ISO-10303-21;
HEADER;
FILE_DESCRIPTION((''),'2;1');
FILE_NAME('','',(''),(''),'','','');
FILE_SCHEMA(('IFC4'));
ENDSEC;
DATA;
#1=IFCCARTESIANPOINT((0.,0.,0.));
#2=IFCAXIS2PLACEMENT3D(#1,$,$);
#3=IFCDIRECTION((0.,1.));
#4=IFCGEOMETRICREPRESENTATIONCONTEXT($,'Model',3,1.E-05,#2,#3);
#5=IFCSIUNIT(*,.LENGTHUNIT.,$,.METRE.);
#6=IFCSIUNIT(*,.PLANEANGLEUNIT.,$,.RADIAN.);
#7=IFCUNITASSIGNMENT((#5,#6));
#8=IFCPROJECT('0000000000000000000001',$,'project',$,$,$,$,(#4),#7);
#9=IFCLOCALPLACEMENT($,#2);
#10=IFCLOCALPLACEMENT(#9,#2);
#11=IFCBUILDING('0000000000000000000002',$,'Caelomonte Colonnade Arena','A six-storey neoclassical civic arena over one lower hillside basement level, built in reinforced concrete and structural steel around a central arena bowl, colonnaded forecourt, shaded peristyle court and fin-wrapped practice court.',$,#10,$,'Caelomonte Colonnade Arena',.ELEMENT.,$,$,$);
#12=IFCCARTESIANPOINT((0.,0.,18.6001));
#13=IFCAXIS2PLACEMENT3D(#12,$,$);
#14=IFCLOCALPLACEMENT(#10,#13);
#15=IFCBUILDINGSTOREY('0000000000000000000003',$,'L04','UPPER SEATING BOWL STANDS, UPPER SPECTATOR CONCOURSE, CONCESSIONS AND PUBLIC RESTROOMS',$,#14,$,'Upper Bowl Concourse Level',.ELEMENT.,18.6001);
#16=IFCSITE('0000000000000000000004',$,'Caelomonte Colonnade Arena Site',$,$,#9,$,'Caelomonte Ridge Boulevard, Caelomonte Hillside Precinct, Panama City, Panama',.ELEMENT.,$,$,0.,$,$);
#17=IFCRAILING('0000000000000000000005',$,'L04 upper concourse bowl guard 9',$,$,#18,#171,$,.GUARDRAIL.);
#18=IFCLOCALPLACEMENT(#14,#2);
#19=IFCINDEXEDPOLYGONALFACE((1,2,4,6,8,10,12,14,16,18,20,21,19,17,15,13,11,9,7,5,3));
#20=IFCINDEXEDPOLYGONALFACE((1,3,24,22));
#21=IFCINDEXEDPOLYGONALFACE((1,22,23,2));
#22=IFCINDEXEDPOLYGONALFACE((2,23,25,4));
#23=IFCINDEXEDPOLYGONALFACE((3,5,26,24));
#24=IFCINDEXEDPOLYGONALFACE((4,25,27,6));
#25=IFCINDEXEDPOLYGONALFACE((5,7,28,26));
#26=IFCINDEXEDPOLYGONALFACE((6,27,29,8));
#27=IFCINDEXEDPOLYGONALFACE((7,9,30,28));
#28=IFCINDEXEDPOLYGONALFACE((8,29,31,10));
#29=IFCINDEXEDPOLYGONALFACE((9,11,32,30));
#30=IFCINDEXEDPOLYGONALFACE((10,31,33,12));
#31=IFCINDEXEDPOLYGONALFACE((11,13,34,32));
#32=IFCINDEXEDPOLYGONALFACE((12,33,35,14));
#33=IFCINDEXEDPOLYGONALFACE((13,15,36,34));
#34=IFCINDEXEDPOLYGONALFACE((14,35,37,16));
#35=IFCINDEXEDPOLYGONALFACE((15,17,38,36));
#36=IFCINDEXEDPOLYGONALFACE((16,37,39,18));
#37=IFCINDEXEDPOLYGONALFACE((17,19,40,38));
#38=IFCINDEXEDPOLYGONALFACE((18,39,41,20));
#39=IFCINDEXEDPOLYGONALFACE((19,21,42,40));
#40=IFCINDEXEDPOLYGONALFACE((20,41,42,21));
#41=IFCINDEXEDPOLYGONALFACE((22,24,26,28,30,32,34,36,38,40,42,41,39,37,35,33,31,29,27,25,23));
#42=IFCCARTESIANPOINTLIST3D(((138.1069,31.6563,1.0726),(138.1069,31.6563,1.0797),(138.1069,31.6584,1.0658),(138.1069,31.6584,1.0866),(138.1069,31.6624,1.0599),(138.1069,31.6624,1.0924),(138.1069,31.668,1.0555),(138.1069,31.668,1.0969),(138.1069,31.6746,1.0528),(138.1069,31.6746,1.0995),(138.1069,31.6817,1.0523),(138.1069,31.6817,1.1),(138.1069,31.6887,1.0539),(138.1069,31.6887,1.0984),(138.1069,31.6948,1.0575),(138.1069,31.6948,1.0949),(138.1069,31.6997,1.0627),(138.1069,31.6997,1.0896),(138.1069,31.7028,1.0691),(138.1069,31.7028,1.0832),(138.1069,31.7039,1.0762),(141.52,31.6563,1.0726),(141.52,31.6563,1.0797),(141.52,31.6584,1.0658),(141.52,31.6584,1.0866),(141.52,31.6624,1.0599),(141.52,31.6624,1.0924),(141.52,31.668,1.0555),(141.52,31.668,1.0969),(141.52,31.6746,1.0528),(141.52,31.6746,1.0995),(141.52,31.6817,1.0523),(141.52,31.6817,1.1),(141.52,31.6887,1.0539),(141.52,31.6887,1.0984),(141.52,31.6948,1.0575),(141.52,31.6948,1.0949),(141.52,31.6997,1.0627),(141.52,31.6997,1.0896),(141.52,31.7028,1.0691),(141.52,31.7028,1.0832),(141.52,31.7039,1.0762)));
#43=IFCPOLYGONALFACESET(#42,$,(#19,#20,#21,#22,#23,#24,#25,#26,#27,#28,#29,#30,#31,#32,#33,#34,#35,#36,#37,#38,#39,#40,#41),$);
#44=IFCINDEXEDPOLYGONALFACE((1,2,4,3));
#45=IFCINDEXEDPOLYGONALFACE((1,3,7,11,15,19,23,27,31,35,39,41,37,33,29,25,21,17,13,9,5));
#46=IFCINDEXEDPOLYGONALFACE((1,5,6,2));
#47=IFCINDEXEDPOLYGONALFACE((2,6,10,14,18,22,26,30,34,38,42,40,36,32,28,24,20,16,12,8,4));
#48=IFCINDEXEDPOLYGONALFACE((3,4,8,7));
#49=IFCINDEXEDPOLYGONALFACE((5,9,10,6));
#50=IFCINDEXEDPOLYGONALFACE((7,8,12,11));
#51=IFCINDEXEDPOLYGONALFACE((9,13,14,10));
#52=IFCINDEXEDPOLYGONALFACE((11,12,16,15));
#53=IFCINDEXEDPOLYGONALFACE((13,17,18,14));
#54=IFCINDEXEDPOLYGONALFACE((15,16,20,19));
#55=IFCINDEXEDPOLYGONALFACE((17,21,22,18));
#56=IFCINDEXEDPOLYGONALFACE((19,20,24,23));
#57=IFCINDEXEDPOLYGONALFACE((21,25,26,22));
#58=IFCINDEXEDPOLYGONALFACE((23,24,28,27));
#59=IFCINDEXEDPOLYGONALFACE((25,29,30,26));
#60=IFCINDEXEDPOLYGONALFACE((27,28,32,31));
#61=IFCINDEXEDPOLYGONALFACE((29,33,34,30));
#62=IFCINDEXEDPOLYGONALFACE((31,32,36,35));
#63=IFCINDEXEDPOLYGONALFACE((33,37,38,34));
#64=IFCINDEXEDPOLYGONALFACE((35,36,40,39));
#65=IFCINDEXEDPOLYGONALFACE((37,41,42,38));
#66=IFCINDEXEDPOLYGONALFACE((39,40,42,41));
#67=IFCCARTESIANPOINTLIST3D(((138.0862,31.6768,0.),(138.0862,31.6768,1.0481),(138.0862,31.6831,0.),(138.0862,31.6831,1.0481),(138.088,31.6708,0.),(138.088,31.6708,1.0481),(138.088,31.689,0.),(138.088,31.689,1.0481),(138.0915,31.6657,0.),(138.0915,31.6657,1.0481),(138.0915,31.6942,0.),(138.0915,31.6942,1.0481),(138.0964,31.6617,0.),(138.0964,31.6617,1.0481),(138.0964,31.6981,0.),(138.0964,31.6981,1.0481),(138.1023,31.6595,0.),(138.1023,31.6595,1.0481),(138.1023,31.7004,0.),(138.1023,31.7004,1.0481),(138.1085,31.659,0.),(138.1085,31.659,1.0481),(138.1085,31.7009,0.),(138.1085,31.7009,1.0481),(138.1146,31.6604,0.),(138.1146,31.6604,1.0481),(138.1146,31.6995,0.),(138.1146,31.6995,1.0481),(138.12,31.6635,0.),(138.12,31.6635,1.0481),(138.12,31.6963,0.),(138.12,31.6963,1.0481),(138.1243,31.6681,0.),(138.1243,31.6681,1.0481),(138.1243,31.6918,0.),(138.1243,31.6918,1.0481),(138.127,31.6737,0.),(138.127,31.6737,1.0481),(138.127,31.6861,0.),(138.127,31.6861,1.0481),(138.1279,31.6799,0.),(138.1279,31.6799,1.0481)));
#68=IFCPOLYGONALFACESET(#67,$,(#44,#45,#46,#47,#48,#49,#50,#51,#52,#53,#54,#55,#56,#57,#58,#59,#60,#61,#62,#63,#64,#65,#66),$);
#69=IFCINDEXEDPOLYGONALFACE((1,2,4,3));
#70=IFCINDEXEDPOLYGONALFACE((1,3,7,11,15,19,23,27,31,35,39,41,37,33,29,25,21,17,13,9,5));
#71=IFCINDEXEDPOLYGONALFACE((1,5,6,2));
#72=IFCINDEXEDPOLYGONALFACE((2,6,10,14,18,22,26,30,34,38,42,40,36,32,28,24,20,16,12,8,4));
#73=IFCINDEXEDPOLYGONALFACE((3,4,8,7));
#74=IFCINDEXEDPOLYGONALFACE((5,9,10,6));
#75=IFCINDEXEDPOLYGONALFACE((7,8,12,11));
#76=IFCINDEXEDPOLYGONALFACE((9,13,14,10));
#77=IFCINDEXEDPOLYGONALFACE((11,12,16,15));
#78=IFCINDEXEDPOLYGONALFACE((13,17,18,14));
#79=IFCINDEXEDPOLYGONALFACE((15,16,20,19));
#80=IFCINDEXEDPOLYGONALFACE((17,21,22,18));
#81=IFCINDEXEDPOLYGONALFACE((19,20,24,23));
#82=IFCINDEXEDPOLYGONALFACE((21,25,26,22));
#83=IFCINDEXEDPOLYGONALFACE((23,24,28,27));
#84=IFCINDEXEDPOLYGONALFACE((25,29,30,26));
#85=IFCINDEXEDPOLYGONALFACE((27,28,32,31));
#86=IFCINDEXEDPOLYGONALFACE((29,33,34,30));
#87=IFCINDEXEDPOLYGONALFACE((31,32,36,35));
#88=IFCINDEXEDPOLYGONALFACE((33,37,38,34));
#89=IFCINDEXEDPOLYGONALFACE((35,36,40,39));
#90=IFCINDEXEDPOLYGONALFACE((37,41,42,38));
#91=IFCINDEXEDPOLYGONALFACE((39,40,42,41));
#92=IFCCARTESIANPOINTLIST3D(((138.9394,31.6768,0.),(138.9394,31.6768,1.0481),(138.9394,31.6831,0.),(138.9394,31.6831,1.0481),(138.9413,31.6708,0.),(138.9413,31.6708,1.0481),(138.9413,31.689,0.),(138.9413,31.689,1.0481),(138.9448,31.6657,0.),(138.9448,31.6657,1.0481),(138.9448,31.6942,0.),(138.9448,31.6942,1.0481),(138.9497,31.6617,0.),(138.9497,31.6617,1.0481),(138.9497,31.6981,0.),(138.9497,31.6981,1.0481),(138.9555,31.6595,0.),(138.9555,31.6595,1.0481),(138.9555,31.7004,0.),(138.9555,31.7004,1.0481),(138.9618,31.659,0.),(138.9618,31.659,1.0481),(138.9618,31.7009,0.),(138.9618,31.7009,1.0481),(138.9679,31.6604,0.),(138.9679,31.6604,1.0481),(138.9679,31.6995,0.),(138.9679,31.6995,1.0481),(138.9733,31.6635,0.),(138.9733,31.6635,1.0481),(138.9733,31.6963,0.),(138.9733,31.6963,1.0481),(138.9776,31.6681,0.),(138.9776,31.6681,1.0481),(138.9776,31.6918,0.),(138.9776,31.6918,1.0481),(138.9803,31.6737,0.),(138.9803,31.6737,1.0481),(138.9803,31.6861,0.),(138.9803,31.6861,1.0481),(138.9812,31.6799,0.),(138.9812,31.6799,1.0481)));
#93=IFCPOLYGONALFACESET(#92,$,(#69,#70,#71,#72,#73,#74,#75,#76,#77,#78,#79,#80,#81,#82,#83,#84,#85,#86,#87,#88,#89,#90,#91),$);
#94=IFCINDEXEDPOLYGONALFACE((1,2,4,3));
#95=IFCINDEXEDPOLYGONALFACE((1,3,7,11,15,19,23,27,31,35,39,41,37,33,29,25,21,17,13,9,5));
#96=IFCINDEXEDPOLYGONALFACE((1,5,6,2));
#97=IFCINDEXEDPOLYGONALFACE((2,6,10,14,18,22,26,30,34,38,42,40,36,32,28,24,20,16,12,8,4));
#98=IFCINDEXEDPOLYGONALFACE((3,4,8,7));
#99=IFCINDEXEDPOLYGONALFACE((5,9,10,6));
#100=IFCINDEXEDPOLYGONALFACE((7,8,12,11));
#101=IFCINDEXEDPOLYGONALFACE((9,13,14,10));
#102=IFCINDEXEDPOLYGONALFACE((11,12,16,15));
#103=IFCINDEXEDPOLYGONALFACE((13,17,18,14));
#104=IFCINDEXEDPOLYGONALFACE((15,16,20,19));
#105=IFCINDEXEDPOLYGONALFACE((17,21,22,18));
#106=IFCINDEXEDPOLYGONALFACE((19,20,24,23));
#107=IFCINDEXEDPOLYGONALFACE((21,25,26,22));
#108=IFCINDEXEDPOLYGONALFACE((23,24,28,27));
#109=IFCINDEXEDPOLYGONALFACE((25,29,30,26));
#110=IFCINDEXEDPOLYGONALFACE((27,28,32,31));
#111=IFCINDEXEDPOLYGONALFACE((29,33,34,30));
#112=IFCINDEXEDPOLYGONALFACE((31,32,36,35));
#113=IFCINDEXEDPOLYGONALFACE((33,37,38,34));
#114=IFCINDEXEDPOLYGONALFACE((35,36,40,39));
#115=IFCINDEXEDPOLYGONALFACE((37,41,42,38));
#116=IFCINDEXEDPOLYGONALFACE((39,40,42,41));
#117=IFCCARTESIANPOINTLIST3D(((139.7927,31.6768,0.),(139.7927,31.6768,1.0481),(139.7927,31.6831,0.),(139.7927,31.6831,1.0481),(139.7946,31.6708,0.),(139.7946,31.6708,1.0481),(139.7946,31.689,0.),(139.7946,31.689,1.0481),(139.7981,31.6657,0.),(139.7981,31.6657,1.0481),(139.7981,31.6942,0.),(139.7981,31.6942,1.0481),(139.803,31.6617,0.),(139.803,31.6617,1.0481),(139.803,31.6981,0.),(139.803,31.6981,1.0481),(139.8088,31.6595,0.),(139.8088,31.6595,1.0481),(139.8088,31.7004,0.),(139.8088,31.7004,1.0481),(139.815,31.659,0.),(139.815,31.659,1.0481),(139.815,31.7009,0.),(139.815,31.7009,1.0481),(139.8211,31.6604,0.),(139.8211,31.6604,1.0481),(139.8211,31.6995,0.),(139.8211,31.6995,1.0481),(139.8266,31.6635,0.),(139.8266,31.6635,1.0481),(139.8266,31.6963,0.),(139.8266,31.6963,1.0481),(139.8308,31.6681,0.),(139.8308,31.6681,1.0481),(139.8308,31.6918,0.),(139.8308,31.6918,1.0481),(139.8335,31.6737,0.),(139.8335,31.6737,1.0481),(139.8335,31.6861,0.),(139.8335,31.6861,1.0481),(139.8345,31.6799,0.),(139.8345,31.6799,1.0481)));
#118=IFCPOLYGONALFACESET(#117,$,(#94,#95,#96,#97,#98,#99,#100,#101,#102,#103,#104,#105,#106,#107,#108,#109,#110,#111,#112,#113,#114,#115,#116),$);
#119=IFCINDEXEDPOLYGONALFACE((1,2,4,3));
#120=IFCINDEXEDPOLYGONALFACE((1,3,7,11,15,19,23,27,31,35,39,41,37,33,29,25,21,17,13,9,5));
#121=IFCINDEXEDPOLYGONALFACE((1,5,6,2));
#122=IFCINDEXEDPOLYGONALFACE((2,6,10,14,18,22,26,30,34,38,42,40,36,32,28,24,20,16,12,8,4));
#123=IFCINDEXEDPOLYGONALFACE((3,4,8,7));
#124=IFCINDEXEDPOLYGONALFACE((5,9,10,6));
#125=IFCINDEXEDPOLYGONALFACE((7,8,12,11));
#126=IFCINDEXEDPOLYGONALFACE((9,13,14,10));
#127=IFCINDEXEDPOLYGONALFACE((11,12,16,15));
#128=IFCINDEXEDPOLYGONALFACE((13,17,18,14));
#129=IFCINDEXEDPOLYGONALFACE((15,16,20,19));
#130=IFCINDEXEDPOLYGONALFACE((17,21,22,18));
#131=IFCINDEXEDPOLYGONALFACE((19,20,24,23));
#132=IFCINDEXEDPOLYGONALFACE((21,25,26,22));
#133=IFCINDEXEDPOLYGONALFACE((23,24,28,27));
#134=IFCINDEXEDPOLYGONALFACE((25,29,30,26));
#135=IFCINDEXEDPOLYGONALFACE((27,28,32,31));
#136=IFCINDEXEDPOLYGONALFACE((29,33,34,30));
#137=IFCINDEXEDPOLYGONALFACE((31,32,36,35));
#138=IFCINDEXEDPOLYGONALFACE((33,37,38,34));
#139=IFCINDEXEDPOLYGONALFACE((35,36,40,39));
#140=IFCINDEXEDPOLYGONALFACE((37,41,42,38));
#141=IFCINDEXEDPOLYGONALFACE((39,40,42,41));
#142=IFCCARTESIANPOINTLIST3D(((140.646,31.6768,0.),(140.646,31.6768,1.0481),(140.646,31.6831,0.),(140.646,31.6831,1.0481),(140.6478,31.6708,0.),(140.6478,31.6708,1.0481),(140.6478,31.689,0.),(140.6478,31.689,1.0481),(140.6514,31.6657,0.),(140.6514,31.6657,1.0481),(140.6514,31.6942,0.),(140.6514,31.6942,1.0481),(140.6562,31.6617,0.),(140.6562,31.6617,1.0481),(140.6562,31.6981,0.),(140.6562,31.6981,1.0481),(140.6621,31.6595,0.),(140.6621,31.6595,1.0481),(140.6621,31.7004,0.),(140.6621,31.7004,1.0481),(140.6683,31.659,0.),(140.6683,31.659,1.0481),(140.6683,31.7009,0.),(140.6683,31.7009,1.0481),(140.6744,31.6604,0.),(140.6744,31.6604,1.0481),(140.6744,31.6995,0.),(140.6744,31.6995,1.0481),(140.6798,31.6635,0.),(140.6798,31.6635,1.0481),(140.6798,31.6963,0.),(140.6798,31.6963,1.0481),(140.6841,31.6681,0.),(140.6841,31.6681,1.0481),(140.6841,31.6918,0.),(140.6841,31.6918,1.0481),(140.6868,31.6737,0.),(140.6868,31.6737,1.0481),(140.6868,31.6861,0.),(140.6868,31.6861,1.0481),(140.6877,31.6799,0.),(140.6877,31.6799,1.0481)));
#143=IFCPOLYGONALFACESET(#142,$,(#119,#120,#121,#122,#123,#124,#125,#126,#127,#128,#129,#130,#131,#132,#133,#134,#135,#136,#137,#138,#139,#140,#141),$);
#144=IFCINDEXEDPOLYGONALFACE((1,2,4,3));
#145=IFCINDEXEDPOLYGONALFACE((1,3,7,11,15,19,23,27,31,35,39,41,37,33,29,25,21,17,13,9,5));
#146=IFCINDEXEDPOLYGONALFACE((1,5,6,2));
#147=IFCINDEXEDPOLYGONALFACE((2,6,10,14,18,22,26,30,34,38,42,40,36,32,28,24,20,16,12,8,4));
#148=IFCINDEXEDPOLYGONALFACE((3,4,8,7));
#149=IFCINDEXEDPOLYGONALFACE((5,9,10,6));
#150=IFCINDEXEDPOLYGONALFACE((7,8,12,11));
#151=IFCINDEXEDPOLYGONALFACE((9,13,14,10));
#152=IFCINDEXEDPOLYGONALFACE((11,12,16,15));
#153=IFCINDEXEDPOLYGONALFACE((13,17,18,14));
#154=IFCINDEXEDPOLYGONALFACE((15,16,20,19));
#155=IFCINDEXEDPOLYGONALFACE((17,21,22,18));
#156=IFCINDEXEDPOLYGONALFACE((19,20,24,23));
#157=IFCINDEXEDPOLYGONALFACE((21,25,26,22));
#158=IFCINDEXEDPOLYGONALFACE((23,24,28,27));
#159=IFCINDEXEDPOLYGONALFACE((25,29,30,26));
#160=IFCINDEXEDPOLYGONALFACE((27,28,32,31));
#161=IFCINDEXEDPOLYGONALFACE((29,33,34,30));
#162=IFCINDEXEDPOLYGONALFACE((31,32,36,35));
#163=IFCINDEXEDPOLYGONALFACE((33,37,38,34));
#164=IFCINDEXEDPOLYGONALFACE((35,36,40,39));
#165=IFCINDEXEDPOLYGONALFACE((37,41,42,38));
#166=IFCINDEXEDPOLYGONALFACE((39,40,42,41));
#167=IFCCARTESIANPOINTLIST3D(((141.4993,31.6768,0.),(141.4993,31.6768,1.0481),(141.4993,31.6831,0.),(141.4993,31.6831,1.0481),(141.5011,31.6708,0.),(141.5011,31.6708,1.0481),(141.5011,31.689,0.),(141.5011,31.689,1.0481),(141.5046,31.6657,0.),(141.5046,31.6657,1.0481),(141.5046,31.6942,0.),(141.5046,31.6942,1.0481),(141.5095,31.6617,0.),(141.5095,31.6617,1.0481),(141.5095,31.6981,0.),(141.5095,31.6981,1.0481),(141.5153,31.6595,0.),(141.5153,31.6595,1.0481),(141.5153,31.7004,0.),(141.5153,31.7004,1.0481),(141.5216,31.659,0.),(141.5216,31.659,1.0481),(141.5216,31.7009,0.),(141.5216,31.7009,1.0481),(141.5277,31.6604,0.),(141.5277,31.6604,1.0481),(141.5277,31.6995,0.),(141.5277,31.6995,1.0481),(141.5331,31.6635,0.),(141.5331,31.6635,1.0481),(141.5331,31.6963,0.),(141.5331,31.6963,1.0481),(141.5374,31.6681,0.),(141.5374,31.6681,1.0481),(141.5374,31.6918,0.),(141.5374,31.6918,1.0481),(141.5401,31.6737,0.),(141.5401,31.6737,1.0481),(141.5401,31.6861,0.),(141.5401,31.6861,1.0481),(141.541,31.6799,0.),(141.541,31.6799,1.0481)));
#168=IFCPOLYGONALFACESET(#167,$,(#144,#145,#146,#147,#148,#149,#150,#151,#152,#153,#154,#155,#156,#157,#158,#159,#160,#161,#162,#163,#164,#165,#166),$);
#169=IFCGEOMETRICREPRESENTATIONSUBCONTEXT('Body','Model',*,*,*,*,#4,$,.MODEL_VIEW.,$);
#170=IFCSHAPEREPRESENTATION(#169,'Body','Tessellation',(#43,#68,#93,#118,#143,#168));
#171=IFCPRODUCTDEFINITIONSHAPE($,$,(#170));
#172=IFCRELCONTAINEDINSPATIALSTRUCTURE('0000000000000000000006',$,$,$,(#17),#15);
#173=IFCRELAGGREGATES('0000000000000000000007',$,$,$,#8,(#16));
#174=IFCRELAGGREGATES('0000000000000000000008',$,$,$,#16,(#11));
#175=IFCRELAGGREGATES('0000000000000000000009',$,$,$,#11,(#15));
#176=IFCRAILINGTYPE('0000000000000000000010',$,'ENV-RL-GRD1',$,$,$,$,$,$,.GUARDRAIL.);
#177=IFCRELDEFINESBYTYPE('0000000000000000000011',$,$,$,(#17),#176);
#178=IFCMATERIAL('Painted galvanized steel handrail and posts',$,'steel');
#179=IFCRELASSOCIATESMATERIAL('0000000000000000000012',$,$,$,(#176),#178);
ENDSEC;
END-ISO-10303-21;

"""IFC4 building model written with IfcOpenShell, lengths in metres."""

from ifc_helpers import new_model, si_unit, direction, frame, origin, origin_2d, place, context, subcontext, project, spatial, circle, extrude, material, type_object, element, save


model = new_model("IFC4")

# Units and contexts
model_context = context("Model", 3, precision=1e-05, world=origin(), true_north=direction((0.0, 1.0)))
body_context = subcontext(model_context, "Body", "Model", "MODEL_VIEW")
ifc_project = project(units=[si_unit("LENGTHUNIT", "METRE"), si_unit("PLANEANGLEUNIT", "RADIAN")], contexts=[model_context])

# Site, building, storey
site_placement = place(None, origin())
site = spatial("IfcSite", under=ifc_project, at=site_placement, Name="Caelomonte Colonnade Arena Site", LongName="Caelomonte Ridge Boulevard, Caelomonte Hillside Precinct, Panama City, Panama", CompositionType="ELEMENT", RefElevation=0.0)
building_placement = place(site_placement, origin())
building = spatial("IfcBuilding", under=site, at=building_placement, Name="Caelomonte Colonnade Arena", Description="A six-storey neoclassical civic arena over one lower hillside basement level, built in reinforced concrete and structural steel around a central arena bowl, colonnaded forecourt, shaded peristyle court and fin-wrapped practice court.", LongName="Caelomonte Colonnade Arena", CompositionType="ELEMENT")
storey_placement = place(building_placement, frame((0.0, 0.0, 18.6001)))
storey = spatial("IfcBuildingStorey", under=building, at=storey_placement, Name="L04", Description="UPPER SEATING BOWL STANDS, UPPER SPECTATOR CONCOURSE, CONCESSIONS AND PUBLIC RESTROOMS", LongName="Upper Bowl Concourse Level", CompositionType="ELEMENT", Elevation=18.6001)

# Railing
ifc_material_1 = material(Name="Painted galvanized steel handrail and posts", Category="steel")
railing_type_1 = type_object("IfcRailingType", Name="ENV-RL-GRD1", PredefinedType="GUARDRAIL", material=ifc_material_1)
railing_1_placement = place(storey_placement, frame((138.1069, 31.6799, 0.0)))
element("IfcRailing", 1, at=railing_1_placement, inside=storey, type_object=railing_type_1, Name="L04 upper concourse bowl guard 9", PredefinedType="GUARDRAIL", context=body_context, shape_type="SweptSolid", body=[
    extrude(circle(Radius=0.0239, at=origin_2d()), frame((0.0, 0.0, 1.0762), z_axis=(1.0, 0.0, 0.0), x_axis=(0.0, 1.0, 0.0)), (0.0, 0.0, 1.0), 3.4131),
    extrude(circle(Radius=0.021, at=origin_2d()), origin(), (0.0, 0.0, 1.0), 1.0481),
    extrude(circle(Radius=0.021, at=origin_2d()), frame((0.8533, 0.0, 0.0)), (0.0, 0.0, 1.0), 1.0481),
    extrude(circle(Radius=0.021, at=origin_2d()), frame((1.7065, 0.0, 0.0)), (0.0, 0.0, 1.0), 1.0481),
    extrude(circle(Radius=0.021, at=origin_2d()), frame((2.5598, 0.0, 0.0)), (0.0, 0.0, 1.0), 1.0481),
    extrude(circle(Radius=0.021, at=origin_2d()), frame((3.4131, 0.0, 0.0)), (0.0, 0.0, 1.0), 1.0481),
])

save(model, "model.ifc")
